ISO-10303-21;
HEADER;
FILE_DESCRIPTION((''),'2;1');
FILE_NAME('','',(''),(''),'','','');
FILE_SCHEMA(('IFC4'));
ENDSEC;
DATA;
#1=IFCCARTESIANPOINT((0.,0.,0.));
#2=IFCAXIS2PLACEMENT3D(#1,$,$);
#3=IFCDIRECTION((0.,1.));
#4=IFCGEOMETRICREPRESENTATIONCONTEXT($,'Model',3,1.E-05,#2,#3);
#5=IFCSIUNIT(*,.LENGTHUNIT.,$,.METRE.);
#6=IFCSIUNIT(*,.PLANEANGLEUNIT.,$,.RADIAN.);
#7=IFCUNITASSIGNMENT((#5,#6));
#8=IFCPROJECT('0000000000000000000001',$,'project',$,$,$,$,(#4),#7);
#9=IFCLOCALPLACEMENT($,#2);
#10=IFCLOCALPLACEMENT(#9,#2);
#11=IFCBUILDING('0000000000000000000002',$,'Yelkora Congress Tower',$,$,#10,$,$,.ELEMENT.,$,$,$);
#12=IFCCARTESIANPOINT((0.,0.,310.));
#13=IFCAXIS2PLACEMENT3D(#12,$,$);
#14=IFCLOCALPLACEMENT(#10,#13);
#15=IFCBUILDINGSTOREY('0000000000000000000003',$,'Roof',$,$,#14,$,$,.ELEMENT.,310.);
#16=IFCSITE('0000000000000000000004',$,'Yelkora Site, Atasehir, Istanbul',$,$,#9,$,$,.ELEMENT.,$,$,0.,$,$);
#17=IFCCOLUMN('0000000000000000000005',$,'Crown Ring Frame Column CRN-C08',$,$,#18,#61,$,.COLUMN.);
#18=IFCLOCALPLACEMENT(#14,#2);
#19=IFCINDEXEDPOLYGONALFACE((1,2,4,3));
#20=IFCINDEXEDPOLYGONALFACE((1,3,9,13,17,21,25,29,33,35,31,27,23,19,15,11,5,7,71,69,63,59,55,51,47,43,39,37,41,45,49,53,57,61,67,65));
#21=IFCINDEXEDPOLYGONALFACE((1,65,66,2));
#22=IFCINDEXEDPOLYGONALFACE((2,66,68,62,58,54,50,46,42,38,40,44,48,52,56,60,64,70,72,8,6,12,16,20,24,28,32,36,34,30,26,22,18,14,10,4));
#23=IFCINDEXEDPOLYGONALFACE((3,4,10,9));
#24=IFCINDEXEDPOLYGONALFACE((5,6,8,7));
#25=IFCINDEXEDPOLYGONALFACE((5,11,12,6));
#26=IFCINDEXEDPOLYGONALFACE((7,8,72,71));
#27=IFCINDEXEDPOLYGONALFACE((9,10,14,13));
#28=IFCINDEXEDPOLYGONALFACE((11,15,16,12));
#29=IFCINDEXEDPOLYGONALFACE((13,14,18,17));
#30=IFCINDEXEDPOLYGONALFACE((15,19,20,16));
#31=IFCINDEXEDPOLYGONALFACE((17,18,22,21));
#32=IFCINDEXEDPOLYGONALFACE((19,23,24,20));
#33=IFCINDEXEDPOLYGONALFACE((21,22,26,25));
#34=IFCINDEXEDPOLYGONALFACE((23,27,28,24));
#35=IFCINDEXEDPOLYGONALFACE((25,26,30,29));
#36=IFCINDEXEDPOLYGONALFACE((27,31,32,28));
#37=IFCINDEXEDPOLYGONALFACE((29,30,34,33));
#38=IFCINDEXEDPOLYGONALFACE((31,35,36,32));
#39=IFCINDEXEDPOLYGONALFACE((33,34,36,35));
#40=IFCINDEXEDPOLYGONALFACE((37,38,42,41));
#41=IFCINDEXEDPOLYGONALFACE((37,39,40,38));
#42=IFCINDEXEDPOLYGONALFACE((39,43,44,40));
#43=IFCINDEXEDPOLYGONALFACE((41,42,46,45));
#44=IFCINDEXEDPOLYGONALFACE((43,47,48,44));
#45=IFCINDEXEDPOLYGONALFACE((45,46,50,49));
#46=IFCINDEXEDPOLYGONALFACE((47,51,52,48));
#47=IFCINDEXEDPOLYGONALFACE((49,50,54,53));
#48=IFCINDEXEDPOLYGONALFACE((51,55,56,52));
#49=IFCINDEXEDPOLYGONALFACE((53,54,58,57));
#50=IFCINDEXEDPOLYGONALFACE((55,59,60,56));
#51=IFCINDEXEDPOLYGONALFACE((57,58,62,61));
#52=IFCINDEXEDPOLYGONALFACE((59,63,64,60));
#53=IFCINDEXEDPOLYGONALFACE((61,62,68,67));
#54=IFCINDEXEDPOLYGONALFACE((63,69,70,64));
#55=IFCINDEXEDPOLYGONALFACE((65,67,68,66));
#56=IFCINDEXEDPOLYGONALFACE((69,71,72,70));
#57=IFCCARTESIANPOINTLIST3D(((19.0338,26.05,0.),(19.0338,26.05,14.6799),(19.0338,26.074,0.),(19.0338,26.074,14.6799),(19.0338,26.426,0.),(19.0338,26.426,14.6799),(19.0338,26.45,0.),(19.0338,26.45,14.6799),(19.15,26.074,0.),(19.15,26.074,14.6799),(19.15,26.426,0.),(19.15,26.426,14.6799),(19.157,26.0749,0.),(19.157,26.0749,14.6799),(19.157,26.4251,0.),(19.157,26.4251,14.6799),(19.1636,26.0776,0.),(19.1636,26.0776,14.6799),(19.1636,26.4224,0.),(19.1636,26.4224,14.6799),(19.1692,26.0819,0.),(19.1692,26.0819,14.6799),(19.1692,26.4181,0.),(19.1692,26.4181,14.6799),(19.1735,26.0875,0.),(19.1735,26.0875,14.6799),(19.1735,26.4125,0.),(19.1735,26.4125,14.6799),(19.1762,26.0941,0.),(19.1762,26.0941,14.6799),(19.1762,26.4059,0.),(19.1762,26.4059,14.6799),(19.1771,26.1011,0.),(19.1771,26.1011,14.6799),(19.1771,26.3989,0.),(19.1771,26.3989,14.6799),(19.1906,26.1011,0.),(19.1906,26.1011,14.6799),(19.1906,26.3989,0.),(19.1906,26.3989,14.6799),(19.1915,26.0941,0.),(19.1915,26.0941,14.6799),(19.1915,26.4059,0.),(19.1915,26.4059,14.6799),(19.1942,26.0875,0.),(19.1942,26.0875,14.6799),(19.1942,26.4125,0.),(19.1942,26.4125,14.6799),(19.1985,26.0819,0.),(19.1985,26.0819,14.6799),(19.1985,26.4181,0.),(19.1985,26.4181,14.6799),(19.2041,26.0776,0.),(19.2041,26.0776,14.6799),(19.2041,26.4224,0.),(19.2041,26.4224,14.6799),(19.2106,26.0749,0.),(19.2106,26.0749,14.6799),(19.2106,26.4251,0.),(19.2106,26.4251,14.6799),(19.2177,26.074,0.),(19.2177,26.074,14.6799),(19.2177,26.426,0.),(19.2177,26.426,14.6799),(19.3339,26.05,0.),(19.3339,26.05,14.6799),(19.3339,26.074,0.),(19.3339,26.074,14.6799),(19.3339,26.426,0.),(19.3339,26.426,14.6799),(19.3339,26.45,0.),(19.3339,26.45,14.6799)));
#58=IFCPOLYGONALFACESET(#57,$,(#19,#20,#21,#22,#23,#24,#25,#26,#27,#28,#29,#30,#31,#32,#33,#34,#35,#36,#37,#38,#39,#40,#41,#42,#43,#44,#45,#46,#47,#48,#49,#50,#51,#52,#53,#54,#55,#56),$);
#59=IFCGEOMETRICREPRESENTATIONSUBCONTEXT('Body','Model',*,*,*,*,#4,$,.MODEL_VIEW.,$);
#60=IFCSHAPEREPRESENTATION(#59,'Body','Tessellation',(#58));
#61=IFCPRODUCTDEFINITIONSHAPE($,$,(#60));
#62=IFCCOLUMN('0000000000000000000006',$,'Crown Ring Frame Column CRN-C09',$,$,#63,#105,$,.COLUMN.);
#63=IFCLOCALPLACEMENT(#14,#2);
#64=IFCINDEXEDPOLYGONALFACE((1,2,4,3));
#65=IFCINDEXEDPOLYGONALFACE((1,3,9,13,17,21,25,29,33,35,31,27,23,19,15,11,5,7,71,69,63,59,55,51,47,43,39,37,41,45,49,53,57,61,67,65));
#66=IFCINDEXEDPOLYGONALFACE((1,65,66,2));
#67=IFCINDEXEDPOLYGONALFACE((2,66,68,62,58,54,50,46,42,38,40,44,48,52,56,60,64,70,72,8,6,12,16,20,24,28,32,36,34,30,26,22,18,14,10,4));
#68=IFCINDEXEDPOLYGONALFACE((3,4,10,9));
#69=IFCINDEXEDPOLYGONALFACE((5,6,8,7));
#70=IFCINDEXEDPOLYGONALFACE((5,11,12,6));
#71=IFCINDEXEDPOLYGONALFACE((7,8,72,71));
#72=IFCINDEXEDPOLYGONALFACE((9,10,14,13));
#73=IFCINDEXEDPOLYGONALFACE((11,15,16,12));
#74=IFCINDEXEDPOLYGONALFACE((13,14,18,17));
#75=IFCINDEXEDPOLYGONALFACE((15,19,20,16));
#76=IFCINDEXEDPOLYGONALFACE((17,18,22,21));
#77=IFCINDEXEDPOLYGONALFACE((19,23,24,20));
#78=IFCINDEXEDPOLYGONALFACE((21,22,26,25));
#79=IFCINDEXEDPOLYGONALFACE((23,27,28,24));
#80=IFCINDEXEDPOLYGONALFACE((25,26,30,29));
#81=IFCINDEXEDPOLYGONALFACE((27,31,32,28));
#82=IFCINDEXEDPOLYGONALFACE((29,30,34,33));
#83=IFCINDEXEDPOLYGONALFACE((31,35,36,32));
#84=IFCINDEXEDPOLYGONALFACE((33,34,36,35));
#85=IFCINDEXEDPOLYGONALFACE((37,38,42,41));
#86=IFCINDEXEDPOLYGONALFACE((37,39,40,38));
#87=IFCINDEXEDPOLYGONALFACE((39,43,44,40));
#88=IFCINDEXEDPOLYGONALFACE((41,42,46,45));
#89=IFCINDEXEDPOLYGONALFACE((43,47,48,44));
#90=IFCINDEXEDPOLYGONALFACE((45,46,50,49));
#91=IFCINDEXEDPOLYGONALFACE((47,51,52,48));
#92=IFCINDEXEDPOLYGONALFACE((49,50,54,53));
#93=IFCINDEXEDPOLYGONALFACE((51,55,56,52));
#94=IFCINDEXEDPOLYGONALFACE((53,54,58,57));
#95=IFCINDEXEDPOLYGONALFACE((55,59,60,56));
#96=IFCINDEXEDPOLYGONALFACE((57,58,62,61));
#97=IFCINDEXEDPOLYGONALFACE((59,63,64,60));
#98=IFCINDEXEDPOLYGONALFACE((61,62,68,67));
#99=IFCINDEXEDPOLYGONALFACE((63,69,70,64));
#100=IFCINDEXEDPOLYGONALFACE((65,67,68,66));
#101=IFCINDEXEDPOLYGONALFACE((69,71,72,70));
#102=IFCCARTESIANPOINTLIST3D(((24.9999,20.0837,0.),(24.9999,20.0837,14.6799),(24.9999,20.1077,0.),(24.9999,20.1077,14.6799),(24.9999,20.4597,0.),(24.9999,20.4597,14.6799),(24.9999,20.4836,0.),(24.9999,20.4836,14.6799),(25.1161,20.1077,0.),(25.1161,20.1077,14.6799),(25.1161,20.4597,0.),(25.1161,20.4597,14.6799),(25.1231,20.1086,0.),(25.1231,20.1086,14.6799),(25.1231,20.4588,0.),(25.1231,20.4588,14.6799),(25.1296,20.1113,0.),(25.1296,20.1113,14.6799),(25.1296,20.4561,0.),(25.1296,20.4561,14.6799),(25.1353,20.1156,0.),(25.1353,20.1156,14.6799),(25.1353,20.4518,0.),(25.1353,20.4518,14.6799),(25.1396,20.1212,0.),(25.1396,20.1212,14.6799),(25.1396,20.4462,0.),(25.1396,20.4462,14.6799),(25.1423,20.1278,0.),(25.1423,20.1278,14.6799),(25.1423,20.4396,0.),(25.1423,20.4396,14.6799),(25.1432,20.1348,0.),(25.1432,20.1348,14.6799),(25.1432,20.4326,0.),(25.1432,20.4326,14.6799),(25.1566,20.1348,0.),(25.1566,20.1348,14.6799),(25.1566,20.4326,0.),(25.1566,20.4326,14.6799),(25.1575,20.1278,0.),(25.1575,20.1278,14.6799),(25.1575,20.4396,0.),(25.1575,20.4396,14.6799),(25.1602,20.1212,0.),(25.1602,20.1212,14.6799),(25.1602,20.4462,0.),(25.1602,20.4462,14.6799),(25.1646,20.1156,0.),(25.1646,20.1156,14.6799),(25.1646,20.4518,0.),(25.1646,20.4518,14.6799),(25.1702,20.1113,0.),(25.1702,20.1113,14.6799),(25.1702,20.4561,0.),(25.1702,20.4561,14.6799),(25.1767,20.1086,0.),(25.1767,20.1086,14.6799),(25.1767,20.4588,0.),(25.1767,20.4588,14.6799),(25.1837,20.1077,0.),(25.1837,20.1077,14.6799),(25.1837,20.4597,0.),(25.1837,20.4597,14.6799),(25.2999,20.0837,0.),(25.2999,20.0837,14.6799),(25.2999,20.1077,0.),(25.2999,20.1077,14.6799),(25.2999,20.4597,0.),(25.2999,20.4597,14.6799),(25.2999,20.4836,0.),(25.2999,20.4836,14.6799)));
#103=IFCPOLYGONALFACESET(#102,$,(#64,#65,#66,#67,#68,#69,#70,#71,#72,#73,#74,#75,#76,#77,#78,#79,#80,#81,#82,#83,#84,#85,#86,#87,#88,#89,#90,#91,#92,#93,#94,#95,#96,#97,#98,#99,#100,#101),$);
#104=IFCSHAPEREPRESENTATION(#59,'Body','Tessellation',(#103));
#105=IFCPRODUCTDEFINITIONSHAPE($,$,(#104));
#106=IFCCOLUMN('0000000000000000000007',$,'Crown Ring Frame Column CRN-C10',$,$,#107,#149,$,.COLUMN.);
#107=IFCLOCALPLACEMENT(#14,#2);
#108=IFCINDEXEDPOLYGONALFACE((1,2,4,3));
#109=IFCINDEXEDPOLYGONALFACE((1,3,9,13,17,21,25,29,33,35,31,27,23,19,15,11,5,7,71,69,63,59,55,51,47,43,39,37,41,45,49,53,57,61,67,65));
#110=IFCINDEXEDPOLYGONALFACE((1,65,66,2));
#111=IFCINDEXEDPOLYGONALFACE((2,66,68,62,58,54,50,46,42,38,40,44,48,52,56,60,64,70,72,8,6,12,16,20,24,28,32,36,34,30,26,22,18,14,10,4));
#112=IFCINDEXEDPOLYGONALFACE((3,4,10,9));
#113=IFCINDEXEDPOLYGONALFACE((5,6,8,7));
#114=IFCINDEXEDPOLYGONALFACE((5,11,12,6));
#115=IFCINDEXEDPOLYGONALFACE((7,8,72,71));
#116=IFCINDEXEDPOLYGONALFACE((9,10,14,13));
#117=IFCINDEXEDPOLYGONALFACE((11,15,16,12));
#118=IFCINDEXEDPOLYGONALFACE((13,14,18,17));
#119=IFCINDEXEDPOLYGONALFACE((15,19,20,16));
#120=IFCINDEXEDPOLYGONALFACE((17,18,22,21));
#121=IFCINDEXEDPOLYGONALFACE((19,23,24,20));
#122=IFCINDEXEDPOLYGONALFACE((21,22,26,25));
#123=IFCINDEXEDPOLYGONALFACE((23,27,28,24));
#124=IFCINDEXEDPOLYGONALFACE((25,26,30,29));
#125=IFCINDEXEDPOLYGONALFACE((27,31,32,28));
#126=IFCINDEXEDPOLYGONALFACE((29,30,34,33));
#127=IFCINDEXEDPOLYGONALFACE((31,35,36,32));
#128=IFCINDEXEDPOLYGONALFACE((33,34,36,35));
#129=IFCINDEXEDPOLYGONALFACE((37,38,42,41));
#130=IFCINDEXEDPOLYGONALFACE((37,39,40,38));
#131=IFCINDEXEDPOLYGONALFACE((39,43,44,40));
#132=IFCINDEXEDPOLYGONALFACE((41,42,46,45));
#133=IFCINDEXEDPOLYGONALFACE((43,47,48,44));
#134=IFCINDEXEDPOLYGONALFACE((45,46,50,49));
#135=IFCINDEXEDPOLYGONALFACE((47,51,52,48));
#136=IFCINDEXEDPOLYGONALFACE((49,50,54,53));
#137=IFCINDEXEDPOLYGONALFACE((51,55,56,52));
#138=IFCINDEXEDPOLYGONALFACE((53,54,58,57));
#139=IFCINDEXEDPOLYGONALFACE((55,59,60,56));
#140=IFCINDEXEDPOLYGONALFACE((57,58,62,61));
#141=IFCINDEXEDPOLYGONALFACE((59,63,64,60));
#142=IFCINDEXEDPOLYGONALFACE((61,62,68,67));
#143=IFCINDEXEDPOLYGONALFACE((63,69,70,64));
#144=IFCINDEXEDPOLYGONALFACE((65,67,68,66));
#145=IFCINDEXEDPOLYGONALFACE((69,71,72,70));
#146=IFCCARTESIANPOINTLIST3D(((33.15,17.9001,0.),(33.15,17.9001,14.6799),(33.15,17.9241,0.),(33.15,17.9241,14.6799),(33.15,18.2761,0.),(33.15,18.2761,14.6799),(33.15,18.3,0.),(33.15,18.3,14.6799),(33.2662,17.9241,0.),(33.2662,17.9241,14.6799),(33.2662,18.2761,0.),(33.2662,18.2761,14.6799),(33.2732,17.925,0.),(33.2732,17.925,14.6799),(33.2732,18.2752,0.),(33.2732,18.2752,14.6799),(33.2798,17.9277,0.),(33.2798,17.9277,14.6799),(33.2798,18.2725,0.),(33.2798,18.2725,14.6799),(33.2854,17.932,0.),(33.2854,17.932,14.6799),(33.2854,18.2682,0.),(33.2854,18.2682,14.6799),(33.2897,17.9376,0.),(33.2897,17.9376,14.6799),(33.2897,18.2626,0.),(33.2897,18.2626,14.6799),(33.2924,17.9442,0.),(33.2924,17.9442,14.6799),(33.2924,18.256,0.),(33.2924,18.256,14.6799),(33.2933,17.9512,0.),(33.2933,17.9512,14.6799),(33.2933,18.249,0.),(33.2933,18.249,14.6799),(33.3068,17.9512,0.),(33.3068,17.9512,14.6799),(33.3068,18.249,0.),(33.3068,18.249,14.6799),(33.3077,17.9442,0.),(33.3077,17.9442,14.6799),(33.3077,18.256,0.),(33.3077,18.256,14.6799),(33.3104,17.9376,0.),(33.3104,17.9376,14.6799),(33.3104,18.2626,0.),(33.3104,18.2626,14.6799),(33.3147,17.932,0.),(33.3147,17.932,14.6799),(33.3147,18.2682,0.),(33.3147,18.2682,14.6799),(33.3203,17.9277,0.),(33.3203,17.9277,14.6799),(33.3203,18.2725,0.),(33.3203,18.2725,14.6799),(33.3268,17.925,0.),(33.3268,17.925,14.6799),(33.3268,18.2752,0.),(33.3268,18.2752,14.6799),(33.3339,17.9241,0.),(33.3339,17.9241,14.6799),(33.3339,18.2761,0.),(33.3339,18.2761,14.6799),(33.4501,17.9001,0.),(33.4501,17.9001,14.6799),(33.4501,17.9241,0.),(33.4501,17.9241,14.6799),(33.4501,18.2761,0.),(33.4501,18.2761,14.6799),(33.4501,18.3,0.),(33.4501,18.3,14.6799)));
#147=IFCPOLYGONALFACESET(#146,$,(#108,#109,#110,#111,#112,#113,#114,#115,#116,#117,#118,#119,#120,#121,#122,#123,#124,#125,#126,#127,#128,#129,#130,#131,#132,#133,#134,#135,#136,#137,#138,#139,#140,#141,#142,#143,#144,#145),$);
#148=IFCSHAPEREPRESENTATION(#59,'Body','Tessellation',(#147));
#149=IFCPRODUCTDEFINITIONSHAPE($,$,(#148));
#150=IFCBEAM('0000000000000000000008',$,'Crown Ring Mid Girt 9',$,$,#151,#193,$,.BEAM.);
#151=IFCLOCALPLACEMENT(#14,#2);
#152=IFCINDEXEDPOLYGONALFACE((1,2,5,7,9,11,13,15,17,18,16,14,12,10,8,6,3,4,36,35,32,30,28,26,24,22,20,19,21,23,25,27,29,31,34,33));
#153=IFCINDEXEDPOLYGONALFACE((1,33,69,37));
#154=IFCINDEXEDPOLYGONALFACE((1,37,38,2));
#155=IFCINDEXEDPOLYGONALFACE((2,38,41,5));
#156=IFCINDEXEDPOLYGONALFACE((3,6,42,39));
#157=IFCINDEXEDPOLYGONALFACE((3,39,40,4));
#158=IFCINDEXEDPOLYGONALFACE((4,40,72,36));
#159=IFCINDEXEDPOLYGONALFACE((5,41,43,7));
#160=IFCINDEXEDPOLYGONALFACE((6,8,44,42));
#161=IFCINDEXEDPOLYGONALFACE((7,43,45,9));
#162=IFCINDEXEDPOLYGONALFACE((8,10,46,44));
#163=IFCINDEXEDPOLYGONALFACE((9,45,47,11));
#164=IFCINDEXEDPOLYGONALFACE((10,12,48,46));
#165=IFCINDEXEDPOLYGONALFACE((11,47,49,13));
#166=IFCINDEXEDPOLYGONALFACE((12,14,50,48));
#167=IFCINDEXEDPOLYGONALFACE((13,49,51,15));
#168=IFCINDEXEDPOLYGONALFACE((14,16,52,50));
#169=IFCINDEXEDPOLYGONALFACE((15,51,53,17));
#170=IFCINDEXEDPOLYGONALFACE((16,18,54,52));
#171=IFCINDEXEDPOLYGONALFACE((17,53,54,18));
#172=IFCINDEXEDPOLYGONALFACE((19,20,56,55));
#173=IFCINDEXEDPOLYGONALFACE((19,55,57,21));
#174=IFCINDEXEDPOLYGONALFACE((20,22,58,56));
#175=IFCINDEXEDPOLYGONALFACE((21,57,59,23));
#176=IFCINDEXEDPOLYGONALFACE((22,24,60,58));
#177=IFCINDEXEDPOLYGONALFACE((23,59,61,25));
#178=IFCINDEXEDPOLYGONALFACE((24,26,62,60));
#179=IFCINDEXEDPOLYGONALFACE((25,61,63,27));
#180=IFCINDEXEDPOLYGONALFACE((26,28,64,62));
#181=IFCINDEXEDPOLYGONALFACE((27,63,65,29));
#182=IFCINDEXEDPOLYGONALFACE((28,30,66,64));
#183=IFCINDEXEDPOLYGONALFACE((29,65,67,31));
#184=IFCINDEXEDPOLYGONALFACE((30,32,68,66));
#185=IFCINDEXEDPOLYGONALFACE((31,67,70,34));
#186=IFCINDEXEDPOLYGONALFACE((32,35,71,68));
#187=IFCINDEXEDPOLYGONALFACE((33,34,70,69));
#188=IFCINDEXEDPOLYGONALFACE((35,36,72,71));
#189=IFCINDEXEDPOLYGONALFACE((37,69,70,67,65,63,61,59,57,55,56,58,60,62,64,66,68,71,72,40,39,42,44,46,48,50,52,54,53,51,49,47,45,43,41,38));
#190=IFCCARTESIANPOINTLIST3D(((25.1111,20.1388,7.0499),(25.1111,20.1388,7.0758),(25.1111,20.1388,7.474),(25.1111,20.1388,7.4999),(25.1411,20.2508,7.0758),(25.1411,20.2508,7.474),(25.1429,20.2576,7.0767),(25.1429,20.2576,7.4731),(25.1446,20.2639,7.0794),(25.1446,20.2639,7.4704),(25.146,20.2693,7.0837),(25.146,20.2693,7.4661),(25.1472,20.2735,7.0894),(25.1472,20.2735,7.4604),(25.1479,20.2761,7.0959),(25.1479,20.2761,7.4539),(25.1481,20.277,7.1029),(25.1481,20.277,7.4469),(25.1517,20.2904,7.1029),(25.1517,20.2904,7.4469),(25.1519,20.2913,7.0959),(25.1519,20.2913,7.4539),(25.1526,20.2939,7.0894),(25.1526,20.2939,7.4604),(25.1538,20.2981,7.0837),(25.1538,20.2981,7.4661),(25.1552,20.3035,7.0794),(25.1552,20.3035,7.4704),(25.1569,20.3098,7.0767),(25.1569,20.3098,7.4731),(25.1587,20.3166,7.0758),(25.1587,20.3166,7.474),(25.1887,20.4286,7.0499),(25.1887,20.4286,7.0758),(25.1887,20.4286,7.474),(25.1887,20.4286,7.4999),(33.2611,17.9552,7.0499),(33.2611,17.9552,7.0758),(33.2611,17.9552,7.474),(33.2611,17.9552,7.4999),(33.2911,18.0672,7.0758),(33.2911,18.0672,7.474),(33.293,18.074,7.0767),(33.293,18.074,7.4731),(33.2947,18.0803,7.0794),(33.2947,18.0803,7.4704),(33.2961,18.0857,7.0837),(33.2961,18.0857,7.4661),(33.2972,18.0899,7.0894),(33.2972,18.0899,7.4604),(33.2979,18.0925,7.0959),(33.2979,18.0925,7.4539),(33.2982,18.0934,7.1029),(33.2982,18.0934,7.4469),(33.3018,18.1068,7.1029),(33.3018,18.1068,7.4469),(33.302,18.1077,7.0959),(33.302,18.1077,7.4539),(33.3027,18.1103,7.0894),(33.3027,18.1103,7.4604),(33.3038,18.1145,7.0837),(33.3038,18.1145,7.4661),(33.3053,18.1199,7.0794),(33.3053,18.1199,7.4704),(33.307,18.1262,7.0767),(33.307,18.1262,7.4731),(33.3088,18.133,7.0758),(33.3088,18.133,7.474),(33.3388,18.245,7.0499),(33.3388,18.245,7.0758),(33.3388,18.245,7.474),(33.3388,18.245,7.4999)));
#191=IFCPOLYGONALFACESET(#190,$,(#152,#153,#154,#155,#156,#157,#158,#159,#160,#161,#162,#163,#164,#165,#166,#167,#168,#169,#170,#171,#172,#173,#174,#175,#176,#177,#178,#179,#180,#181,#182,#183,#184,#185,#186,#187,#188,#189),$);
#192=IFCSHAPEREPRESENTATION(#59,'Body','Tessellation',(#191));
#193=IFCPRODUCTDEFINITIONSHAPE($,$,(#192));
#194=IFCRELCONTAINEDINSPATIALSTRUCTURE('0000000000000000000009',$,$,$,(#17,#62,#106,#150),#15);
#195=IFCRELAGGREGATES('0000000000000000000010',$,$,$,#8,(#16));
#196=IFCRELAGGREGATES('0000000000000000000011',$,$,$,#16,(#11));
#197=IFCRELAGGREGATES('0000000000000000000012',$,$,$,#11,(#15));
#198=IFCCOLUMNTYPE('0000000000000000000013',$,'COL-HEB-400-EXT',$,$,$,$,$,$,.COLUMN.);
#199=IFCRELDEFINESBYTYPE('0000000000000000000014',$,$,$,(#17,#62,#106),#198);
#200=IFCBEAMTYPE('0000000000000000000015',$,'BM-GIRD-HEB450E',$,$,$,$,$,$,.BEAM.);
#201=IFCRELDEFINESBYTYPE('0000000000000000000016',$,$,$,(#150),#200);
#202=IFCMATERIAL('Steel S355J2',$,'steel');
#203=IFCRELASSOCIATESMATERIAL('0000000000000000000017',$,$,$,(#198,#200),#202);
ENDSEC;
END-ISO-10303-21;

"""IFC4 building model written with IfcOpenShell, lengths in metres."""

from ifc_helpers import new_model, si_unit, direction, frame, origin, origin_2d, place, context, subcontext, project, spatial, i_section, extrude, material, material_profile, profile_set, type_object, element, save


model = new_model("IFC4")

# Units and contexts
model_context = context("Model", 3, precision=1e-05, world=origin(), true_north=direction((0.0, 1.0)))
body_context = subcontext(model_context, "Body", "Model", "MODEL_VIEW")
ifc_project = project(units=[si_unit("LENGTHUNIT", "METRE"), si_unit("PLANEANGLEUNIT", "RADIAN")], contexts=[model_context])

# Site, building, storey
site_placement = place(None, origin())
site = spatial("IfcSite", under=ifc_project, at=site_placement, Name="Yelkora Site, Atasehir, Istanbul", CompositionType="ELEMENT", RefElevation=0.0)
building_placement = place(site_placement, origin())
building = spatial("IfcBuilding", under=site, at=building_placement, Name="Yelkora Congress Tower", CompositionType="ELEMENT")
storey_placement = place(building_placement, frame((0.0, 0.0, 310.0)))
storey = spatial("IfcBuildingStorey", under=building, at=storey_placement, Name="Roof", CompositionType="ELEMENT", Elevation=310.0)

# Columns
ifc_material_1 = material(Name="Steel S355J2", Category="steel")
ifc_material_profile_1 = material_profile(ifc_material_1, i_section(OverallWidth=0.3, OverallDepth=0.3999, WebThickness=0.0134, FlangeThickness=0.0239, FilletRadius=0.0271, at=origin_2d()), Name="HEB 400")
ifc_profile_set_1 = profile_set([ifc_material_profile_1], Name="Steel S355J2")
column_type = type_object("IfcColumnType", Name="COL-HEB-400-EXT", PredefinedType="COLUMN", material=ifc_profile_set_1)
for number, where, z_axis, x_axis, name in (
    (1, (19.1838, 26.25, 0.0), (0.0, 0.0, 1.0), (1.0, 0.0, 0.0), "Crown Ring Frame Column CRN-C08"),
    (2, (25.1499, 20.2837, 0.0), (0.0, 0.0, 1.0), (1.0, 0.0, 0.0), "Crown Ring Frame Column CRN-C09"),
    (3, (33.3, 18.1001, 0.0), (0.0, 0.0, 1.0), (1.0, 0.0, 0.0), "Crown Ring Frame Column CRN-C10"),
):
    element("IfcColumn", number, at=place(storey_placement, frame(where, z_axis=z_axis, x_axis=x_axis)), inside=storey, type_object=column_type, Name=name, PredefinedType="COLUMN", context=body_context, shape_type="SweptSolid", body=[
        extrude(i_section(OverallWidth=0.3, OverallDepth=0.3999, WebThickness=0.0134, FlangeThickness=0.0239, FilletRadius=0.0271, at=origin_2d()), origin(), (0.0, 0.0, 1.0), 14.6799),
    ])

# Beam
ifc_material_profile_2 = material_profile(ifc_material_1, i_section(OverallWidth=0.3, OverallDepth=0.45, WebThickness=0.0139, FlangeThickness=0.0259, FilletRadius=0.0271, at=origin_2d()), Name="HEB 450")
ifc_profile_set_2 = profile_set([ifc_material_profile_2], Name="Steel S355J2")
beam_type_1 = type_object("IfcBeamType", Name="BM-GIRD-HEB450E", PredefinedType="BEAM", material=ifc_profile_set_2)
beam_1_placement = place(storey_placement, frame((25.1499, 20.2837, 7.2749), z_axis=(0.965933, -0.258793, 0.0), x_axis=(0.258793, 0.965933, 0.0)))
element("IfcBeam", 4, at=beam_1_placement, inside=storey, type_object=beam_type_1, Name="Crown Ring Mid Girt 9", PredefinedType="BEAM", context=body_context, shape_type="SweptSolid", body=[
    extrude(i_section(OverallWidth=0.3, OverallDepth=0.45, WebThickness=0.0139, FlangeThickness=0.0259, FilletRadius=0.0271, at=origin_2d()), origin(), (0.0, 0.0, 1.0), 8.4375),
])

save(model, "model.ifc")
